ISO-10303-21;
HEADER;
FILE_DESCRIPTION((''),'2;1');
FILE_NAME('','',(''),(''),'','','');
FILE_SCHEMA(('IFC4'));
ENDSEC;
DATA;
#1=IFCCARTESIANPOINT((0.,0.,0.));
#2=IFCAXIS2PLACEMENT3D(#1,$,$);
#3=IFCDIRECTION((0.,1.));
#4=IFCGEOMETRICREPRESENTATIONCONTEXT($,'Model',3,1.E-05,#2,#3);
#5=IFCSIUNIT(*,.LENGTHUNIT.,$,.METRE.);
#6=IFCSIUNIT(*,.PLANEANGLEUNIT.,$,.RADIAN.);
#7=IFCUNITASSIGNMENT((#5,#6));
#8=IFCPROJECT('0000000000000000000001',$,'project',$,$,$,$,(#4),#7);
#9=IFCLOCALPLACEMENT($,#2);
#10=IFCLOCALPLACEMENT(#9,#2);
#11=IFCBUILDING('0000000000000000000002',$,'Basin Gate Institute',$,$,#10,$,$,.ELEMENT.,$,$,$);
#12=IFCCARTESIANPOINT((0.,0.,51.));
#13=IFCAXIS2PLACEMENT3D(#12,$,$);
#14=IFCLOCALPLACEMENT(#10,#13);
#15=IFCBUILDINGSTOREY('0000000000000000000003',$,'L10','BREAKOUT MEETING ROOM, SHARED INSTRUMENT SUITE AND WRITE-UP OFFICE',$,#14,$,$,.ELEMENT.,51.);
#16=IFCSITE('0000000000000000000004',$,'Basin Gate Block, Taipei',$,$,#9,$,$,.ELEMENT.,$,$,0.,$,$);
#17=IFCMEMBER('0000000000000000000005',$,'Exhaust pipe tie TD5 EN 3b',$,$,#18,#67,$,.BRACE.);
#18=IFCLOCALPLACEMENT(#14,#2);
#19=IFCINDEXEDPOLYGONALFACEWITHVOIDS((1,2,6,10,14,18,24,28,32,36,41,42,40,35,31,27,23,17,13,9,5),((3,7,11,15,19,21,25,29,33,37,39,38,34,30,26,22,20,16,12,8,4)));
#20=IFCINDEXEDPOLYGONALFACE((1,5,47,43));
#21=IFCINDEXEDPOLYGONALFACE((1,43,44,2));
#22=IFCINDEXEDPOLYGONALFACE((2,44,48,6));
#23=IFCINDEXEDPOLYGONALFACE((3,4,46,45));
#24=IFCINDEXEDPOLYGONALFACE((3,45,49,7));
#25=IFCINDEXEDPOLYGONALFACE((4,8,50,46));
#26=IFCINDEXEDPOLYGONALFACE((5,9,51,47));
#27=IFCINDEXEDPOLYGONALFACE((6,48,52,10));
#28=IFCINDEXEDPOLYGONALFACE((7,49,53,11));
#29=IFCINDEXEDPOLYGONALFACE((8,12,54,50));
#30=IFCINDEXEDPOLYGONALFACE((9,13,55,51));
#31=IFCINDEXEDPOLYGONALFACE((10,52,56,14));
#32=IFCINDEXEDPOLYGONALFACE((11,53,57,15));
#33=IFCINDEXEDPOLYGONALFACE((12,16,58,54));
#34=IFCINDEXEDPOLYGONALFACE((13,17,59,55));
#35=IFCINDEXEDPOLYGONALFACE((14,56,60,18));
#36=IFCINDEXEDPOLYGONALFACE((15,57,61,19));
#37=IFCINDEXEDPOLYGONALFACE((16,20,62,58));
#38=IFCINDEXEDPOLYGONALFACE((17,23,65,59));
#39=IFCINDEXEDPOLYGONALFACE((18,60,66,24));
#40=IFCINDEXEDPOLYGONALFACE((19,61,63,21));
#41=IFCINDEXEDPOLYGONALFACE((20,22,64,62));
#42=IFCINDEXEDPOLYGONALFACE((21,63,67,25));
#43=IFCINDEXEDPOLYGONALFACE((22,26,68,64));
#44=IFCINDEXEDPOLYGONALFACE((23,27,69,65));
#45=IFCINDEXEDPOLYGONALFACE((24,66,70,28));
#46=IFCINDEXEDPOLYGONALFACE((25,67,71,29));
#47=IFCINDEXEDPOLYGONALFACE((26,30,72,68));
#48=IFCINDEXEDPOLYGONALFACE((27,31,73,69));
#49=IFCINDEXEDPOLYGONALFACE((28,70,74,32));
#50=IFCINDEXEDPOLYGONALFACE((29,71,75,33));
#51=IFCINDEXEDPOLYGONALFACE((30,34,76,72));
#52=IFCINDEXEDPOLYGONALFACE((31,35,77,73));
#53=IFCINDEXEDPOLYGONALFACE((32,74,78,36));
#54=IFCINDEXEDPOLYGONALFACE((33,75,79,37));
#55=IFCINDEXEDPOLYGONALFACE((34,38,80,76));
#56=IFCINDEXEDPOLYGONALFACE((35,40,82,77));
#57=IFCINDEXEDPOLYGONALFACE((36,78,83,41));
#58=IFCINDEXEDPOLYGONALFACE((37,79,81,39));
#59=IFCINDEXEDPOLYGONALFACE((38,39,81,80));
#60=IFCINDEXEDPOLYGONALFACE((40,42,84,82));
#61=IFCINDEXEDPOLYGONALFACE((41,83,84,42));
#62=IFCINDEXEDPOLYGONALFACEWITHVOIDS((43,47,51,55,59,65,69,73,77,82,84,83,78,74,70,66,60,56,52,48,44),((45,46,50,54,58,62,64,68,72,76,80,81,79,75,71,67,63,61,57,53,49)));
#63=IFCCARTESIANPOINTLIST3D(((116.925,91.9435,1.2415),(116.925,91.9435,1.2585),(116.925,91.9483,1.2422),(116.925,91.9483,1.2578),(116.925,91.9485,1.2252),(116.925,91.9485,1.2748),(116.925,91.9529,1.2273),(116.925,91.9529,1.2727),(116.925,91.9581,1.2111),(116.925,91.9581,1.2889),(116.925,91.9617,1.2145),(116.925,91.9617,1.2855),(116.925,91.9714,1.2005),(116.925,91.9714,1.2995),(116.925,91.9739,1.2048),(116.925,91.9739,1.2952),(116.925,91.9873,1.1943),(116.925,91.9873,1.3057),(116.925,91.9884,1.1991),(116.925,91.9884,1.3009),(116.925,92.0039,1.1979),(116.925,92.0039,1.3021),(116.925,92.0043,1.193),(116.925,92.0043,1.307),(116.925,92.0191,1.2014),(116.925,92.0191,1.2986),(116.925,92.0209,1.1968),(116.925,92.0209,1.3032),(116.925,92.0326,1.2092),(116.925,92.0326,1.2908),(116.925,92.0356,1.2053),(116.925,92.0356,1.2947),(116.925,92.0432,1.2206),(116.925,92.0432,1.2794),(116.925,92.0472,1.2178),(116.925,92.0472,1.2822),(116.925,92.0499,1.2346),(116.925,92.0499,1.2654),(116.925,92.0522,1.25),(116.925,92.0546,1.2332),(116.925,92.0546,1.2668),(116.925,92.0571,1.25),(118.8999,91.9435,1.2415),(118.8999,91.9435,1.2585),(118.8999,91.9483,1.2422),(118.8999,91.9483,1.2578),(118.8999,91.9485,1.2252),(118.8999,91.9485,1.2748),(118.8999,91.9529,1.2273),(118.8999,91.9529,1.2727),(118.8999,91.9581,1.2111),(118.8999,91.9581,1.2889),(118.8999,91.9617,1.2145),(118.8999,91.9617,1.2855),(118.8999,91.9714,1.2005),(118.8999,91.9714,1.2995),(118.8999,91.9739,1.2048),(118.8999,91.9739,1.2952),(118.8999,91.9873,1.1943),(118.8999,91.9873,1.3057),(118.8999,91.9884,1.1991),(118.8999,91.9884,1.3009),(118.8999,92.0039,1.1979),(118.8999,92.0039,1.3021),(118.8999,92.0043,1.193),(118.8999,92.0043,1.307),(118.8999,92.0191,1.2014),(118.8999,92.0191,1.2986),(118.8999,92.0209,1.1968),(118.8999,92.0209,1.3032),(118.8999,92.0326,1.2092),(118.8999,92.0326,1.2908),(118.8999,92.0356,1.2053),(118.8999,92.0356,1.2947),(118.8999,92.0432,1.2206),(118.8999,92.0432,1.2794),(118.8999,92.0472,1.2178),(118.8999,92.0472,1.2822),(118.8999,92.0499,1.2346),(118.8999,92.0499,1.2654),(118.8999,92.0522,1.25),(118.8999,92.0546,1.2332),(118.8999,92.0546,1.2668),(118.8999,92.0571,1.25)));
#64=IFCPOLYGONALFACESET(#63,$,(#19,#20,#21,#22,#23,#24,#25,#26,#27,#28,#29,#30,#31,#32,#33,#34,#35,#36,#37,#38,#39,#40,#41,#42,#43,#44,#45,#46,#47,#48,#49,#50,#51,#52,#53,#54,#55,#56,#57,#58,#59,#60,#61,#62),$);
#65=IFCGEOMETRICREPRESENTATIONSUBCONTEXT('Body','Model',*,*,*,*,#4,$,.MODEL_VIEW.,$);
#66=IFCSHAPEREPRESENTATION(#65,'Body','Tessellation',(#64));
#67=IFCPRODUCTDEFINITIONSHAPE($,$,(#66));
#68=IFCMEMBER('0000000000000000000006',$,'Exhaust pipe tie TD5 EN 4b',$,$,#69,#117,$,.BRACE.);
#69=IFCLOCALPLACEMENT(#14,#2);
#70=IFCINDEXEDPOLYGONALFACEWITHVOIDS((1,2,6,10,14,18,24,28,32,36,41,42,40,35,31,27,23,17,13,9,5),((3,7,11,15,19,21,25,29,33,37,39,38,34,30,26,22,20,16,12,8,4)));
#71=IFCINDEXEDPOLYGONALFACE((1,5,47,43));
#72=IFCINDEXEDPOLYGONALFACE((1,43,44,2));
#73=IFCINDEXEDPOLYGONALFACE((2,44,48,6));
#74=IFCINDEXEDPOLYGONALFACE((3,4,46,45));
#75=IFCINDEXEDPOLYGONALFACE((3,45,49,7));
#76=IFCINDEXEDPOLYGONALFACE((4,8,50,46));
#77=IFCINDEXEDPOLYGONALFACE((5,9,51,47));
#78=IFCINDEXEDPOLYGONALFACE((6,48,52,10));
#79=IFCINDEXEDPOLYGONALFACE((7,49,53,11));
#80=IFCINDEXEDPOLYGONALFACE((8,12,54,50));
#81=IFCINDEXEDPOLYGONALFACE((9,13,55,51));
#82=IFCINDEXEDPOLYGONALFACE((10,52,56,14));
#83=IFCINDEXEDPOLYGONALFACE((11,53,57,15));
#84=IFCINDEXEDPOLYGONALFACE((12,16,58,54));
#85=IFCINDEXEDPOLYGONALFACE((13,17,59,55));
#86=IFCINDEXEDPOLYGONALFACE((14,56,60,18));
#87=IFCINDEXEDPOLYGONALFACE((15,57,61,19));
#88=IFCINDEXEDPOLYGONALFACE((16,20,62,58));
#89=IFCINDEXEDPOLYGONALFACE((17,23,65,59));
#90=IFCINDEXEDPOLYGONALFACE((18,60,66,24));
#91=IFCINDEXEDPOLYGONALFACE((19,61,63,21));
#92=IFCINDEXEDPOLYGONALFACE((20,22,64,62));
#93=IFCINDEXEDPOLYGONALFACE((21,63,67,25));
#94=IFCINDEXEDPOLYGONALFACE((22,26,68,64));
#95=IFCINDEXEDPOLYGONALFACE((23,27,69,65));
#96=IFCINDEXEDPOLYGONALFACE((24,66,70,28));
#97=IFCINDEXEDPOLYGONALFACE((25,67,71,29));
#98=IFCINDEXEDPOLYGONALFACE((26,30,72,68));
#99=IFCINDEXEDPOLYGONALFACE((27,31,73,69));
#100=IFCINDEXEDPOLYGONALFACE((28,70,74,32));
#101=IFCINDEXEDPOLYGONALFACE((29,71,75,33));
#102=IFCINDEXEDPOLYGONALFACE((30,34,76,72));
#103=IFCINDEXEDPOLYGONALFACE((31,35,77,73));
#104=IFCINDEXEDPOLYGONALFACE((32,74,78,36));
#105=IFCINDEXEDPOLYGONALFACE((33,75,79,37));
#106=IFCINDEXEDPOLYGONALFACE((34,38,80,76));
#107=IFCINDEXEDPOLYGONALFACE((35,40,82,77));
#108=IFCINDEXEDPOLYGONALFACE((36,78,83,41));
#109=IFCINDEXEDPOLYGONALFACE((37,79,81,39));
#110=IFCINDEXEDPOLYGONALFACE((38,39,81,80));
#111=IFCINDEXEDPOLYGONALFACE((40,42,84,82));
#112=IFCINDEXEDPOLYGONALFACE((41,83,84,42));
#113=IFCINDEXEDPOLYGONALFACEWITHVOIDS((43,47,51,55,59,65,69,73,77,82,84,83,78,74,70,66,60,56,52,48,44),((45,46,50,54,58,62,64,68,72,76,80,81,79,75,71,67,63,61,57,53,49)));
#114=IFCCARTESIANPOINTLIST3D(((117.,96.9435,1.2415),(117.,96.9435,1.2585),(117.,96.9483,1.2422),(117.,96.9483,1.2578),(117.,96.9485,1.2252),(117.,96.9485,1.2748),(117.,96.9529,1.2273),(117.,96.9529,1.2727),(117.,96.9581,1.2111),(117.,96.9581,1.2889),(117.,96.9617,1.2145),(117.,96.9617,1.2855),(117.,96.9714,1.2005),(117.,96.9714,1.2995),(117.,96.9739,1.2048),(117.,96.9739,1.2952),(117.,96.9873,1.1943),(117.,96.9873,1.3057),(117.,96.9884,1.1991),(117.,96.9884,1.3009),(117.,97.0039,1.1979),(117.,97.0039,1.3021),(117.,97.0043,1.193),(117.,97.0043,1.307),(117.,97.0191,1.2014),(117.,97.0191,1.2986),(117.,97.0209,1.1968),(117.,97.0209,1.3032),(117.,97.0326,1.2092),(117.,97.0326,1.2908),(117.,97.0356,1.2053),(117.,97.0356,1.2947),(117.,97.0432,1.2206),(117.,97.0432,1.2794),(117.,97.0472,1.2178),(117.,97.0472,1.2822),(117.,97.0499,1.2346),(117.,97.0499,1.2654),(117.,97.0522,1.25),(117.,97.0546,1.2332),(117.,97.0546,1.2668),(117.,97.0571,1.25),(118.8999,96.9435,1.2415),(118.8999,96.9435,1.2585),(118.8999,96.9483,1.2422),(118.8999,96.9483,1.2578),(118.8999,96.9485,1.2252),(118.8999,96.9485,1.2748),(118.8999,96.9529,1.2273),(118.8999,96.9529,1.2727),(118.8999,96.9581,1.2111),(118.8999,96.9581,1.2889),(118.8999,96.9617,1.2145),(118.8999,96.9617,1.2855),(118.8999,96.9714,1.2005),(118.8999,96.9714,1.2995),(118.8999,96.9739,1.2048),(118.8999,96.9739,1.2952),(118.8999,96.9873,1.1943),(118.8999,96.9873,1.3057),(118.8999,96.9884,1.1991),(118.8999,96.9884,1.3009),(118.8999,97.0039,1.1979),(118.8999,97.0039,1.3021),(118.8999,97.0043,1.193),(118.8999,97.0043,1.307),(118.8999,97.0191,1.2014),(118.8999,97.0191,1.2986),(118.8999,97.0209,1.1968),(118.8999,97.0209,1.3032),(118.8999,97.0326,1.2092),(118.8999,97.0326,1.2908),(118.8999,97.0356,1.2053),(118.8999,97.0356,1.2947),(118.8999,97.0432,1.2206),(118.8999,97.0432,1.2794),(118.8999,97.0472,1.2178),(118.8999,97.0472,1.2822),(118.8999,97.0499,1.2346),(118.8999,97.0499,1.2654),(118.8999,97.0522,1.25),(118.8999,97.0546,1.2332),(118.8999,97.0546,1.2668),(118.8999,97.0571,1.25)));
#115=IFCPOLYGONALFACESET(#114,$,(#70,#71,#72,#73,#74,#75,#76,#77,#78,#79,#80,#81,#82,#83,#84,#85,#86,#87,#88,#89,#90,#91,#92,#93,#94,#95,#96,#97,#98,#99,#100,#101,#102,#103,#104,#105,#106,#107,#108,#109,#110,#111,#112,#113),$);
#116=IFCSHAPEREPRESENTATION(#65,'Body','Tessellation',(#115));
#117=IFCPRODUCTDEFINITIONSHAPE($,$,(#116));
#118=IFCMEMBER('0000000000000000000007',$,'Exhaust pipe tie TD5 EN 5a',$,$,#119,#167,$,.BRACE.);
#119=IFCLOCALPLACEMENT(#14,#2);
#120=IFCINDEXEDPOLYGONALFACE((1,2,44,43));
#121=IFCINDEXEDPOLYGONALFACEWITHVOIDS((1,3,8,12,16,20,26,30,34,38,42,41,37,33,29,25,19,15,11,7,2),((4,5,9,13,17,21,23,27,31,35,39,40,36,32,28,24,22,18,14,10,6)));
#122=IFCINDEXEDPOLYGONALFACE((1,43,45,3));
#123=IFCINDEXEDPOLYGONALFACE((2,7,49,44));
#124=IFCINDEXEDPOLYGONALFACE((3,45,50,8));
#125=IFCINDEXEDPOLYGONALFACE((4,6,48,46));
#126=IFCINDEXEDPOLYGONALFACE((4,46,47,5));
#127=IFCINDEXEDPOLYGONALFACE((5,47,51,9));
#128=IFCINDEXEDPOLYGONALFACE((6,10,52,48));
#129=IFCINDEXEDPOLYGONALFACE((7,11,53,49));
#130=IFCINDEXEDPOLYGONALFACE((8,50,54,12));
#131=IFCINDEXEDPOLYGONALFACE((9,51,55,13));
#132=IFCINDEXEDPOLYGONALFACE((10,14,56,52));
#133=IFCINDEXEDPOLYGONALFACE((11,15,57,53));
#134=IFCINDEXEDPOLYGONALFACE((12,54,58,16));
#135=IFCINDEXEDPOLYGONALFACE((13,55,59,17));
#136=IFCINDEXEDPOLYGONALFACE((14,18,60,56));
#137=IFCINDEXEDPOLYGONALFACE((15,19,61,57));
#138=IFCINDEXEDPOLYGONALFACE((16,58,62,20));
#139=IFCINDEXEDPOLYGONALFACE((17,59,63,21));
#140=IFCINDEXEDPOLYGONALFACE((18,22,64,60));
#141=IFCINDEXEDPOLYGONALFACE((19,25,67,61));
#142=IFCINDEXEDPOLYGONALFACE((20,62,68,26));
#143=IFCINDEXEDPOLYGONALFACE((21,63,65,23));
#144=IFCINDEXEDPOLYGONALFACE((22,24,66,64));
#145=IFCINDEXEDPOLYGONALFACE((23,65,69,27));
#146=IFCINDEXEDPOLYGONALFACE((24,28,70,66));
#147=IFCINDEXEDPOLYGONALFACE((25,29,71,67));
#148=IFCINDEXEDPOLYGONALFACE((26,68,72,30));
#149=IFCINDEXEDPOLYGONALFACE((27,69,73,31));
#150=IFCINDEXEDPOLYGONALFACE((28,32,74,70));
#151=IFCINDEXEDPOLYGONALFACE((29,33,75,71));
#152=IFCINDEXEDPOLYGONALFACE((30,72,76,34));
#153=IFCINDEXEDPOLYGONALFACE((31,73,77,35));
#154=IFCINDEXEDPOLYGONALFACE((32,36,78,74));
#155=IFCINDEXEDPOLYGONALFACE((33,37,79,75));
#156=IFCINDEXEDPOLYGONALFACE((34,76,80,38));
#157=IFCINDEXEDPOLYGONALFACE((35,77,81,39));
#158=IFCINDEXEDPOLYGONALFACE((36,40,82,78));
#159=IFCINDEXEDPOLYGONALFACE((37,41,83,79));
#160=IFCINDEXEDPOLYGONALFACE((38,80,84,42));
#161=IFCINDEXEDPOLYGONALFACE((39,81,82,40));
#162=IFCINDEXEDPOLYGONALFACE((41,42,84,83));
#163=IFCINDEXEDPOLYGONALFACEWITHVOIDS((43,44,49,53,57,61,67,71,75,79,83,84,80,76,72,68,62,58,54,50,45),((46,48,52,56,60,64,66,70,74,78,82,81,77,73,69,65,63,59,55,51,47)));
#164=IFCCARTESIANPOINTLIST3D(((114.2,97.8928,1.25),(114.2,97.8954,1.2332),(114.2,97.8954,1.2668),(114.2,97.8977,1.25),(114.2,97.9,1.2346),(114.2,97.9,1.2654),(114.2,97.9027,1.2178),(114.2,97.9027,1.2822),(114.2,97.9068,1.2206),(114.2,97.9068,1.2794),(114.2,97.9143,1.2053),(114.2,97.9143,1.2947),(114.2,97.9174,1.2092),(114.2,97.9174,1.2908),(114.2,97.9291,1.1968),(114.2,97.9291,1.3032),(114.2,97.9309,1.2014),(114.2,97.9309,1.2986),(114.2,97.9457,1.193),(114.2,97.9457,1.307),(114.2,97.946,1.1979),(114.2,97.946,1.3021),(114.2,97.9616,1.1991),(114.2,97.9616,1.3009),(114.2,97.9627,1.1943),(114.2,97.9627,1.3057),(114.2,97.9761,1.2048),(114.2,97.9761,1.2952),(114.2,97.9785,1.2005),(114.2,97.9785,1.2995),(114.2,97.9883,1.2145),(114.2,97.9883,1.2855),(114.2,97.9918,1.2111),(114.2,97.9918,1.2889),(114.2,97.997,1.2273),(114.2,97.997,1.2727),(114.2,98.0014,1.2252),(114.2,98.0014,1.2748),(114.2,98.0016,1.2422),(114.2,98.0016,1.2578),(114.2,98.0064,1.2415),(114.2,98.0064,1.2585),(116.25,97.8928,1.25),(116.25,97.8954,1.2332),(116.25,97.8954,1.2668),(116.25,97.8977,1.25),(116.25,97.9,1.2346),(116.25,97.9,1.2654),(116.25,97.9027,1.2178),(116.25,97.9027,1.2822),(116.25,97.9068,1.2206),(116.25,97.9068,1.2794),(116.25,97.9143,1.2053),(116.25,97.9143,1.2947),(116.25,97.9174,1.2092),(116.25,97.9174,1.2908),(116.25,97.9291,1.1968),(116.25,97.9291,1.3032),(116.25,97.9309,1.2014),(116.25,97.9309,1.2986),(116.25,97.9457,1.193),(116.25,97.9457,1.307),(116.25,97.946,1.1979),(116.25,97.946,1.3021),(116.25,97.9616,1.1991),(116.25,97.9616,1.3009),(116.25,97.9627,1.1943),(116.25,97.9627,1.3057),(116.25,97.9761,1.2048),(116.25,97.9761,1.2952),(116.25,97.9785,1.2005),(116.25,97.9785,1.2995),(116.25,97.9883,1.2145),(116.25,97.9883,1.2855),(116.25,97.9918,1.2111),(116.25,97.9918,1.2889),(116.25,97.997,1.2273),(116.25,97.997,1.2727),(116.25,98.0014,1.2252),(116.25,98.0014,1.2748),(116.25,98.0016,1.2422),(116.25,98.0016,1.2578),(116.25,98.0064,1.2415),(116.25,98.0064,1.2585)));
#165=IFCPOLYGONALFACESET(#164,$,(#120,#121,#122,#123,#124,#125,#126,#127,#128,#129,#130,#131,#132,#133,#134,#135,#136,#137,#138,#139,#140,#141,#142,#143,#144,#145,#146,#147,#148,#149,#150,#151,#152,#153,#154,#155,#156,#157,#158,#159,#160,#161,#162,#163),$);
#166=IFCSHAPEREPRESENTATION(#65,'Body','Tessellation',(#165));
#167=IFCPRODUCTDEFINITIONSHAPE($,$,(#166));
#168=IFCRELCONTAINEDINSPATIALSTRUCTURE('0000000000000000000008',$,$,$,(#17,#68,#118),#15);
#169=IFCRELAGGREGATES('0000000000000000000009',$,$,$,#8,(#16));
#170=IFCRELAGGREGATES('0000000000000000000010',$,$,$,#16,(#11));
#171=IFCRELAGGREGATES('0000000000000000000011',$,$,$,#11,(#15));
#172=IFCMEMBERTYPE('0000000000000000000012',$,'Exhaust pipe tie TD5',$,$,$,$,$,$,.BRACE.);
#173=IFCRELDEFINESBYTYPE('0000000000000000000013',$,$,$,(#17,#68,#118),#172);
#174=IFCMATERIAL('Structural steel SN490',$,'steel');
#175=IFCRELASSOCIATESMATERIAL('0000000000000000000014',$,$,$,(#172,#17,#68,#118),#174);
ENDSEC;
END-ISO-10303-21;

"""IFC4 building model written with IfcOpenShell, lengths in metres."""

from ifc_helpers import new_model, si_unit, direction, frame, origin, origin_2d, place, context, subcontext, project, spatial, hollow_circle, extrude, material, material_profile, profile_set, type_object, element, save


model = new_model("IFC4")

# Units and contexts
model_context = context("Model", 3, precision=1e-05, world=origin(), true_north=direction((0.0, 1.0)))
body_context = subcontext(model_context, "Body", "Model", "MODEL_VIEW")
ifc_project = project(units=[si_unit("LENGTHUNIT", "METRE"), si_unit("PLANEANGLEUNIT", "RADIAN")], contexts=[model_context])

# Site, building, storey
site_placement = place(None, origin())
site = spatial("IfcSite", under=ifc_project, at=site_placement, Name="Basin Gate Block, Taipei", CompositionType="ELEMENT", RefElevation=0.0)
building_placement = place(site_placement, origin())
building = spatial("IfcBuilding", under=site, at=building_placement, Name="Basin Gate Institute", CompositionType="ELEMENT")
storey_placement = place(building_placement, frame((0.0, 0.0, 51.0)))
storey = spatial("IfcBuildingStorey", under=building, at=storey_placement, Name="L10", Description="BREAKOUT MEETING ROOM, SHARED INSTRUMENT SUITE AND WRITE-UP OFFICE", CompositionType="ELEMENT", Elevation=51.0)

# Members
ifc_material_1 = material(Name="Structural steel SN490", Category="steel")
ifc_material_profile_1 = material_profile(ifc_material_1, hollow_circle(Radius=0.0571, WallThickness=0.0049, at=origin_2d()), Name="CHS114x5")
ifc_profile_set_1 = profile_set([ifc_material_profile_1], Name="Structural steel SN490")
member_type_1 = type_object("IfcMemberType", Name="Exhaust pipe tie TD5", PredefinedType="BRACE", material=ifc_profile_set_1)
member_1_placement = place(storey_placement, frame((116.925, 92.0, 1.25), z_axis=(1.0, 0.0, 0.0), x_axis=(0.0, 1.0, 0.0)))
element("IfcMember", 1, at=member_1_placement, inside=storey, type_object=member_type_1, material=ifc_profile_set_1, Name="Exhaust pipe tie TD5 EN 3b", PredefinedType="BRACE", context=body_context, shape_type="SweptSolid", body=[
    extrude(hollow_circle(Radius=0.0571, WallThickness=0.0049, at=origin_2d()), origin(), (0.0, 0.0, 1.0), 1.9749),
])
member_2_placement = place(storey_placement, frame((117.0, 97.0, 1.25), z_axis=(1.0, 0.0, 0.0), x_axis=(0.0, 1.0, 0.0)))
element("IfcMember", 2, at=member_2_placement, inside=storey, type_object=member_type_1, material=ifc_profile_set_1, Name="Exhaust pipe tie TD5 EN 4b", PredefinedType="BRACE", context=body_context, shape_type="SweptSolid", body=[
    extrude(hollow_circle(Radius=0.0571, WallThickness=0.0049, at=origin_2d()), origin(), (0.0, 0.0, 1.0), 1.8999),
])
member_3_placement = place(storey_placement, frame((116.25, 97.95, 1.25), z_axis=(-1.0, 0.0, 0.0), x_axis=(0.0, -1.0, 0.0)))
element("IfcMember", 3, at=member_3_placement, inside=storey, type_object=member_type_1, material=ifc_profile_set_1, Name="Exhaust pipe tie TD5 EN 5a", PredefinedType="BRACE", context=body_context, shape_type="SweptSolid", body=[
    extrude(hollow_circle(Radius=0.0571, WallThickness=0.0049, at=origin_2d()), origin(), (0.0, 0.0, 1.0), 2.05),
])

save(model, "model.ifc")
